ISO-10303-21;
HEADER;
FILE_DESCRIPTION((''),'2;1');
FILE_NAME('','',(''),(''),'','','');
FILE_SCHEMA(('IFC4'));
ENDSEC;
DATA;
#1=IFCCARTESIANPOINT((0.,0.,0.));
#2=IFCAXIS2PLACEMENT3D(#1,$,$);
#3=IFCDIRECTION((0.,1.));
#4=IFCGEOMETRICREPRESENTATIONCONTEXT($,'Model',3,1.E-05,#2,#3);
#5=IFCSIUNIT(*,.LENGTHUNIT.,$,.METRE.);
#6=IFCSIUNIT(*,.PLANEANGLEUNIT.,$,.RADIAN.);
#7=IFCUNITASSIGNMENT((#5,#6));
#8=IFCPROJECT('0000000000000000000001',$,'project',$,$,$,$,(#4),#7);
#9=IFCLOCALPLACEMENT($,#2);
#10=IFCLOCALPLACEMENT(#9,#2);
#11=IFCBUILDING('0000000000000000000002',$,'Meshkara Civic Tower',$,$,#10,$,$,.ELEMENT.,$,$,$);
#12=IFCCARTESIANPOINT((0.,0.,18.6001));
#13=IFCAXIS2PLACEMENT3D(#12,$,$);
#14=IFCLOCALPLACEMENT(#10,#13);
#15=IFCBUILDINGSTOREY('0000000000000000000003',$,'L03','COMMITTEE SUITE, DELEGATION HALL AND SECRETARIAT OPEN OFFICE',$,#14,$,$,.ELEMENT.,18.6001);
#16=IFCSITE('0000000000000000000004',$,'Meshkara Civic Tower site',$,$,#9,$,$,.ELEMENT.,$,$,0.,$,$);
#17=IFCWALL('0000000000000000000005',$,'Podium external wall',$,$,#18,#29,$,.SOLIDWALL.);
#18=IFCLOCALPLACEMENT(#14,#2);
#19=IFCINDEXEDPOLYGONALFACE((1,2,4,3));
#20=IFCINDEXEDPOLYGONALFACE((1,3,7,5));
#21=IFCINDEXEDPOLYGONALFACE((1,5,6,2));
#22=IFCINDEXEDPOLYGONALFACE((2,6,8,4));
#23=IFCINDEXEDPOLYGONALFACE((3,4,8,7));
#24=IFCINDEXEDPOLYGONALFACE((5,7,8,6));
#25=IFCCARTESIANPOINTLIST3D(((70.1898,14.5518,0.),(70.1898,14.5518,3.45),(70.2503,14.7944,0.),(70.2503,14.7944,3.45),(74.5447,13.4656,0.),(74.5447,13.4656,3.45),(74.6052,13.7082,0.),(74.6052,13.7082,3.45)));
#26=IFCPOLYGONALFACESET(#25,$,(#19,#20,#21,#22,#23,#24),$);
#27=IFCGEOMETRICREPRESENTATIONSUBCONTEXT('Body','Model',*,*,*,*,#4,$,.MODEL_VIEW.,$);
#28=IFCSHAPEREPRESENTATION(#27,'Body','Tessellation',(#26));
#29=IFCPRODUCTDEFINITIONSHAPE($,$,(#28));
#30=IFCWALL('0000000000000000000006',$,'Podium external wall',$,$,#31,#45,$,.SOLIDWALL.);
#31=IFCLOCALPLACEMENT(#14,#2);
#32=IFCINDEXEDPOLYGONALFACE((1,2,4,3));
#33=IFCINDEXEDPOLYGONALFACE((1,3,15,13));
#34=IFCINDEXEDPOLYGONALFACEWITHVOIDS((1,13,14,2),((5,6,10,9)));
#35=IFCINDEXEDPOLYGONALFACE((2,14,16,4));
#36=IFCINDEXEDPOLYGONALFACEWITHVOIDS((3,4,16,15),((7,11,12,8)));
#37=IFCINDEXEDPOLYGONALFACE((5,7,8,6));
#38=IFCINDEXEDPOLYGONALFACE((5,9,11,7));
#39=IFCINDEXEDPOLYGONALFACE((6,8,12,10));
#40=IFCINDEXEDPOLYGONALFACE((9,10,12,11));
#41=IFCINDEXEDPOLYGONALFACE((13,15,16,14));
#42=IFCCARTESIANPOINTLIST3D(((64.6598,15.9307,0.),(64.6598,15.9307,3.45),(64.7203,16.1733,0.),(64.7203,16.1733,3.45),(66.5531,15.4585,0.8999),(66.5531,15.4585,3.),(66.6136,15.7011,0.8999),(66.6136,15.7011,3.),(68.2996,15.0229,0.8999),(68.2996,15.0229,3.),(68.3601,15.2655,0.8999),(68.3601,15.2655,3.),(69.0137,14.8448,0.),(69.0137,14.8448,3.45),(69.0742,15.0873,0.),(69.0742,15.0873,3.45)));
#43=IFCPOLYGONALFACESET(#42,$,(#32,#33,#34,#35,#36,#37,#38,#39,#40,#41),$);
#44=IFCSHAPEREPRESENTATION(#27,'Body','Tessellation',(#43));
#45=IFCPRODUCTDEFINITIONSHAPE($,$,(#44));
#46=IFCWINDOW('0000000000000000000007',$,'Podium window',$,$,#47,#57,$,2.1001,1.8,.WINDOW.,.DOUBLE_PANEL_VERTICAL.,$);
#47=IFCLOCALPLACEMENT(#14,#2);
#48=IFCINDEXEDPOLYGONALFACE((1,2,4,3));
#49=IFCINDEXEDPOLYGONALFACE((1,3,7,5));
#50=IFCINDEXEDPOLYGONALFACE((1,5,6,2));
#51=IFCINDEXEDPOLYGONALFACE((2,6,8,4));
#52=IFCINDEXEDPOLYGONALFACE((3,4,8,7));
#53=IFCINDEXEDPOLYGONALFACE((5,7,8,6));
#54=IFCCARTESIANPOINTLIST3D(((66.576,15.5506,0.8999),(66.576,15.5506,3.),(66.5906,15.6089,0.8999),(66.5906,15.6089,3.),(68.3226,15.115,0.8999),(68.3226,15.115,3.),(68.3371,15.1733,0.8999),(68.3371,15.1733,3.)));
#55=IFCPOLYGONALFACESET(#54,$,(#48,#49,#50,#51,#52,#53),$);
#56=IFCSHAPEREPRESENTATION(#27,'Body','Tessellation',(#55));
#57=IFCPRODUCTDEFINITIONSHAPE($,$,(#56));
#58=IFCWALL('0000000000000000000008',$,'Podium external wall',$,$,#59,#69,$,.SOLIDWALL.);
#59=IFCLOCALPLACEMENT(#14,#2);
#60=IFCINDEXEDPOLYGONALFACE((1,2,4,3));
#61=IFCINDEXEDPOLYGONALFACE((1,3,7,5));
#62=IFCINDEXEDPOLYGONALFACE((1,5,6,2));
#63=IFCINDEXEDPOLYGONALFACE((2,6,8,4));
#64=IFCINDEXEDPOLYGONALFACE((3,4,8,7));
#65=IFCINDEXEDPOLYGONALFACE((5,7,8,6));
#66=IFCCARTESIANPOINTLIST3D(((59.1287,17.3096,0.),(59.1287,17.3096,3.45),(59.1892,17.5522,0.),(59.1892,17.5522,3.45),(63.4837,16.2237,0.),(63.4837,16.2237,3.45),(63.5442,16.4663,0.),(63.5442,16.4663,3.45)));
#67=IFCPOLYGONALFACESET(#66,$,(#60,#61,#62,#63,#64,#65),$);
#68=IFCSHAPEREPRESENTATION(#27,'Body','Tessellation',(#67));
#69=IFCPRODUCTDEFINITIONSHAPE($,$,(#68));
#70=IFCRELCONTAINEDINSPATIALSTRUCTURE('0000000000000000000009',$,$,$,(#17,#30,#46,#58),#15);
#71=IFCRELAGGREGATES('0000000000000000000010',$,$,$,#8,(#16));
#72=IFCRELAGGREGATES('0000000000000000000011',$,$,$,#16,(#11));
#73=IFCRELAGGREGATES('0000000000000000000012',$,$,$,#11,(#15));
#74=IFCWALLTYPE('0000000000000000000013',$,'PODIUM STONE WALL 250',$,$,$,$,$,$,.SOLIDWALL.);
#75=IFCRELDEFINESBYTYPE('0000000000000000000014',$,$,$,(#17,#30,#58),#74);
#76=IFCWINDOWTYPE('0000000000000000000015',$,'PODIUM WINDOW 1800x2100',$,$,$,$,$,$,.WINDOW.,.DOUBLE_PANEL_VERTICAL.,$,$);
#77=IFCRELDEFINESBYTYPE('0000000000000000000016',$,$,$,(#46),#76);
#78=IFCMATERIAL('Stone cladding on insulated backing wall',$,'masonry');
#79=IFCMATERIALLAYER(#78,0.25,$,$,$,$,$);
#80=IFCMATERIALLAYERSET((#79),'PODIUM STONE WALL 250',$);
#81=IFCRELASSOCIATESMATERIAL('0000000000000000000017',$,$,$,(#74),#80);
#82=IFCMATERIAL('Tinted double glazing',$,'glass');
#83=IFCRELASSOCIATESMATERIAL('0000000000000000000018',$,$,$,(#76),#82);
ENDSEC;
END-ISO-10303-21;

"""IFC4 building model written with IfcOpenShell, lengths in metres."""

from ifc_helpers import new_model, si_unit, direction, frame, frame_2d, origin, place, context, subcontext, project, spatial, rectangle, extrude, material, layer, layer_set, type_object, element, fill, save


model = new_model("IFC4")

# Units and contexts
model_context = context("Model", 3, precision=1e-05, world=origin(), true_north=direction((0.0, 1.0)))
body_context = subcontext(model_context, "Body", "Model", "MODEL_VIEW")
ifc_project = project(units=[si_unit("LENGTHUNIT", "METRE"), si_unit("PLANEANGLEUNIT", "RADIAN")], contexts=[model_context])

# Site, building, storey
site_placement = place(None, origin())
site = spatial("IfcSite", under=ifc_project, at=site_placement, Name="Meshkara Civic Tower site", CompositionType="ELEMENT", RefElevation=0.0)
building_placement = place(site_placement, origin())
building = spatial("IfcBuilding", under=site, at=building_placement, Name="Meshkara Civic Tower", CompositionType="ELEMENT")
storey_placement = place(building_placement, frame((0.0, 0.0, 18.6001)))
storey = spatial("IfcBuildingStorey", under=building, at=storey_placement, Name="L03", Description="COMMITTEE SUITE, DELEGATION HALL AND SECRETARIAT OPEN OFFICE", CompositionType="ELEMENT", Elevation=18.6001)

# Wall
ifc_material_1 = material(Name="Stone cladding on insulated backing wall", Category="masonry")
ifc_layer_1 = layer(ifc_material_1, 0.25)
ifc_layer_set_1 = layer_set([ifc_layer_1], Name="PODIUM STONE WALL 250")
wall_type_1 = type_object("IfcWallType", Name="PODIUM STONE WALL 250", PredefinedType="SOLIDWALL", material=ifc_layer_set_1)
wall_1_placement = place(storey_placement, frame((74.575, 13.5869, 0.0), z_axis=(0.0, 0.0, 1.0), x_axis=(-0.970277, 0.241998, 0.0)))
element("IfcWall", 1, at=wall_1_placement, inside=storey, type_object=wall_type_1, Name="Podium external wall", PredefinedType="SOLIDWALL", context=body_context, shape_type="SweptSolid", body=[
    extrude(rectangle(XDim=4.4883, YDim=0.25, at=frame_2d((2.2441, 0.0))), origin(), (0.0, 0.0, 1.0), 3.45),
])

# Wall, opening, window
wall_2_placement = place(storey_placement, frame((69.0439, 14.9661, 0.0), z_axis=(0.0, 0.0, 1.0), x_axis=(-0.970277, 0.241998, 0.0)))
wall_2 = element("IfcWall", 2, at=wall_2_placement, inside=storey, type_object=wall_type_1, Name="Podium external wall", PredefinedType="SOLIDWALL", context=body_context, shape_type="SweptSolid", body=[
    extrude(rectangle(XDim=4.4873, YDim=0.25, at=frame_2d((2.2437, 0.0))), origin(), (0.0, 0.0, 1.0), 3.45),
])
opening_1_placement = place(wall_2_placement, frame((0.7361, 0.0, 0.8999)))
opening_1 = element("IfcOpeningElement", 3, at=opening_1_placement, cuts=wall_2, PredefinedType="OPENING", context=body_context, shape_type="SweptSolid", body=[
    extrude(rectangle(XDim=1.8, YDim=2.1001, at=frame_2d((0.8999, 1.05))), frame((0.0, 0.135, 0.0), z_axis=(0.0, -1.0, 0.0), x_axis=(1.0, 0.0, 0.0)), (0.0, 0.0, 1.0), 0.27),
])
ifc_material_2 = material(Name="Tinted double glazing", Category="glass")
window_type = type_object("IfcWindowType", Name="PODIUM WINDOW 1800x2100", PartitioningType="DOUBLE_PANEL_VERTICAL", PredefinedType="WINDOW", material=ifc_material_2)
window_placement = place(opening_1_placement, origin())
window = element("IfcWindow", 4, at=window_placement, inside=storey, type_object=window_type, Name="Podium window", OverallHeight=2.1001, OverallWidth=1.8, PartitioningType="DOUBLE_PANEL_VERTICAL", PredefinedType="WINDOW", context=body_context, shape_type="SweptSolid", body=[
    extrude(rectangle(XDim=1.8, YDim=2.1001, at=frame_2d((0.8999, 1.05))), frame((0.0, 0.03, 0.0), z_axis=(0.0, -1.0, 0.0), x_axis=(1.0, 0.0, 0.0)), (0.0, 0.0, 1.0), 0.0601),
])
fill(opening_1, window)

# Wall
wall_3_placement = place(storey_placement, frame((63.5139, 16.345, 0.0), z_axis=(0.0, 0.0, 1.0), x_axis=(-0.97029, 0.241947, 0.0)))
element("IfcWall", 5, at=wall_3_placement, inside=storey, type_object=wall_type_1, Name="Podium external wall", PredefinedType="SOLIDWALL", context=body_context, shape_type="SweptSolid", body=[
    extrude(rectangle(XDim=4.4883, YDim=0.25, at=frame_2d((2.2441, 0.0))), origin(), (0.0, 0.0, 1.0), 3.45),
])

save(model, "model.ifc")
